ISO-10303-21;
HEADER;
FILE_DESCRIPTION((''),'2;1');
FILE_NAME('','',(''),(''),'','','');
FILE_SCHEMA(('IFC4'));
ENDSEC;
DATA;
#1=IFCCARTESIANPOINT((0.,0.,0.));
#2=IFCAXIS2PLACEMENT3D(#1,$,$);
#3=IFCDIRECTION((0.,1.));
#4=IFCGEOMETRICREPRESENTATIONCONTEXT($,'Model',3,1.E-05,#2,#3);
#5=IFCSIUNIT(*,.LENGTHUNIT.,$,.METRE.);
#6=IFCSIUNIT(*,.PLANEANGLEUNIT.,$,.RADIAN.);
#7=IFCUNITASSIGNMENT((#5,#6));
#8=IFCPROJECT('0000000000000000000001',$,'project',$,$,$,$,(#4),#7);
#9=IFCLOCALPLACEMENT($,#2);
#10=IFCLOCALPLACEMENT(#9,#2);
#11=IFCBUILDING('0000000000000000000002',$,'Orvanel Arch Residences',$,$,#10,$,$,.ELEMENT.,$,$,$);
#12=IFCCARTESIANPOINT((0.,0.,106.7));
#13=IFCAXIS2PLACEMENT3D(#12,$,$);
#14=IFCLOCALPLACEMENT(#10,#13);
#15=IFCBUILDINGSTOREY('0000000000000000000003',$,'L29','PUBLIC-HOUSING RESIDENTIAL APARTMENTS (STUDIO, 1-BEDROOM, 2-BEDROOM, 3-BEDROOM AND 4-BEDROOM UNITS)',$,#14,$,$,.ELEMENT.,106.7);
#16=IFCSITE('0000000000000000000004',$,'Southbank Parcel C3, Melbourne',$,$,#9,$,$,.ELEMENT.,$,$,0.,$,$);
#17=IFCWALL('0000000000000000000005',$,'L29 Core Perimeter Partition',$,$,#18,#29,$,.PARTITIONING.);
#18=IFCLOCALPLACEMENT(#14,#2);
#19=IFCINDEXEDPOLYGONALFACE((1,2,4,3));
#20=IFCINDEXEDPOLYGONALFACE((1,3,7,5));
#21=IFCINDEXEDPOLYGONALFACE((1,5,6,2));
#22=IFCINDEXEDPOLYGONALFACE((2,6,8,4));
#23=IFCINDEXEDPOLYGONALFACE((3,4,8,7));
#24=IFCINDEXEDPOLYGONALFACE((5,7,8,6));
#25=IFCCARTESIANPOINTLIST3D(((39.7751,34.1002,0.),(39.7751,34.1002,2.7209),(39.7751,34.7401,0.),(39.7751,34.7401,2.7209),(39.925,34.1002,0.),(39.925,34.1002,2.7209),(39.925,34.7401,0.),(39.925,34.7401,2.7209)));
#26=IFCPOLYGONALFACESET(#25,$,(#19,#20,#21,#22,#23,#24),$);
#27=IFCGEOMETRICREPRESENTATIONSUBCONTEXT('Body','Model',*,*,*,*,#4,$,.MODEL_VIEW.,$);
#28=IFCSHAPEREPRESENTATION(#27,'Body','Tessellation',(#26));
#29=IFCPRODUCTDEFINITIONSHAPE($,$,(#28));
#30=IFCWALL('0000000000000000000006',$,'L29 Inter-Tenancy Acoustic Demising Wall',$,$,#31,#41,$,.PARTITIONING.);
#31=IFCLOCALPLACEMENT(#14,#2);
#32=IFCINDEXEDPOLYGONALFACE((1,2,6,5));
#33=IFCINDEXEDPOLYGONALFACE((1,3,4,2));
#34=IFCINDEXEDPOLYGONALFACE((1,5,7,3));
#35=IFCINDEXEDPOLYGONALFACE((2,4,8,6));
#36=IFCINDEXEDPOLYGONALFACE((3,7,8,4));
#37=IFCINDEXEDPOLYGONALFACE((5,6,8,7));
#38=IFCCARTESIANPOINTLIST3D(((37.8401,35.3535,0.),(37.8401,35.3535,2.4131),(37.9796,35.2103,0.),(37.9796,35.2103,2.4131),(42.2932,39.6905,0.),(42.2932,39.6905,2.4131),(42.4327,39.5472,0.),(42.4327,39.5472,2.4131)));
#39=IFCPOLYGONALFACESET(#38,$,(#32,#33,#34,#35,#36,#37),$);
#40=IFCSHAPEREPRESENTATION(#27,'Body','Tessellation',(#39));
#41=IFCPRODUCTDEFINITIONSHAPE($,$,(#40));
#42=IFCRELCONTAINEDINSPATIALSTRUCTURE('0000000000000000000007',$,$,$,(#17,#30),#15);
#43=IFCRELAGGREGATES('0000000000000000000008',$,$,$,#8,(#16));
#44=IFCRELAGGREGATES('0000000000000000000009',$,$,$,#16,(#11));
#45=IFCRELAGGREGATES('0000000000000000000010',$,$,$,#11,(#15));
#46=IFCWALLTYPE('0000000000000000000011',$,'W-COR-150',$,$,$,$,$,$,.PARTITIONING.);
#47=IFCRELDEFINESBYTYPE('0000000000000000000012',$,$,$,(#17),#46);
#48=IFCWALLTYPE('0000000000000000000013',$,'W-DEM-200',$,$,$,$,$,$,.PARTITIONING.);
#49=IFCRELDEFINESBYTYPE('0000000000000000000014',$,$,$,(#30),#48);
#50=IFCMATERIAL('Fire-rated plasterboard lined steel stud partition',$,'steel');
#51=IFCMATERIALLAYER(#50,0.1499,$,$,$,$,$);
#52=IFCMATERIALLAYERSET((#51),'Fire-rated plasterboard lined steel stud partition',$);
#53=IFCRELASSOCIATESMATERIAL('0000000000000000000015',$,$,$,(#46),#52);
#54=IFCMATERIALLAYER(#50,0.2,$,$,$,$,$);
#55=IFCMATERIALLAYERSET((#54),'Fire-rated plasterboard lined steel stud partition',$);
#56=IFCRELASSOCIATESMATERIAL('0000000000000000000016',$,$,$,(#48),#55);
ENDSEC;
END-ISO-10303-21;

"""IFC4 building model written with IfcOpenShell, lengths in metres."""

from ifc_helpers import new_model, si_unit, direction, frame, frame_2d, origin, place, context, subcontext, project, spatial, rectangle, extrude, material, layer, layer_set, type_object, element, save


model = new_model("IFC4")

# Units and contexts
model_context = context("Model", 3, precision=1e-05, world=origin(), true_north=direction((0.0, 1.0)))
body_context = subcontext(model_context, "Body", "Model", "MODEL_VIEW")
ifc_project = project(units=[si_unit("LENGTHUNIT", "METRE"), si_unit("PLANEANGLEUNIT", "RADIAN")], contexts=[model_context])

# Site, building, storey
site_placement = place(None, origin())
site = spatial("IfcSite", under=ifc_project, at=site_placement, Name="Southbank Parcel C3, Melbourne", CompositionType="ELEMENT", RefElevation=0.0)
building_placement = place(site_placement, origin())
building = spatial("IfcBuilding", under=site, at=building_placement, Name="Orvanel Arch Residences", CompositionType="ELEMENT")
storey_placement = place(building_placement, frame((0.0, 0.0, 106.7)))
storey = spatial("IfcBuildingStorey", under=building, at=storey_placement, Name="L29", Description="PUBLIC-HOUSING RESIDENTIAL APARTMENTS (STUDIO, 1-BEDROOM, 2-BEDROOM, 3-BEDROOM AND 4-BEDROOM UNITS)", CompositionType="ELEMENT", Elevation=106.7)

# Walls
ifc_material_1 = material(Name="Fire-rated plasterboard lined steel stud partition", Category="steel")
ifc_layer_1 = layer(ifc_material_1, 0.1499)
ifc_layer_set_1 = layer_set([ifc_layer_1], Name="Fire-rated plasterboard lined steel stud partition")
wall_type_1 = type_object("IfcWallType", Name="W-COR-150", PredefinedType="PARTITIONING", material=ifc_layer_set_1)
wall_1_placement = place(storey_placement, frame((39.8501, 34.74, 0.0), z_axis=(0.0, 0.0, 1.0), x_axis=(0.0, -1.0, 0.0)))
element("IfcWall", 1, at=wall_1_placement, inside=storey, type_object=wall_type_1, Name="L29 Core Perimeter Partition", PredefinedType="PARTITIONING", context=body_context, shape_type="SweptSolid", body=[
    extrude(rectangle(XDim=0.6399, YDim=0.1499, at=frame_2d((0.3198, 0.0))), origin(), (0.0, 0.0, 1.0), 2.7209),
])
ifc_layer_2 = layer(ifc_material_1, 0.2)
ifc_layer_set_2 = layer_set([ifc_layer_2], Name="Fire-rated plasterboard lined steel stud partition")
wall_type_2 = type_object("IfcWallType", Name="W-DEM-200", PredefinedType="PARTITIONING", material=ifc_layer_set_2)
wall_2_placement = place(storey_placement, frame((37.9099, 35.282, 0.0), z_axis=(0.0, 0.0, 1.0), x_axis=(0.716393, 0.697697, 0.0)))
element("IfcWall", 2, at=wall_2_placement, inside=storey, type_object=wall_type_2, Name="L29 Inter-Tenancy Acoustic Demising Wall", PredefinedType="PARTITIONING", context=body_context, shape_type="SweptSolid", body=[
    extrude(rectangle(XDim=6.2161, YDim=0.2, at=frame_2d((3.1079, 0.0))), origin(), (0.0, 0.0, 1.0), 2.4131),
])

save(model, "model.ifc")
